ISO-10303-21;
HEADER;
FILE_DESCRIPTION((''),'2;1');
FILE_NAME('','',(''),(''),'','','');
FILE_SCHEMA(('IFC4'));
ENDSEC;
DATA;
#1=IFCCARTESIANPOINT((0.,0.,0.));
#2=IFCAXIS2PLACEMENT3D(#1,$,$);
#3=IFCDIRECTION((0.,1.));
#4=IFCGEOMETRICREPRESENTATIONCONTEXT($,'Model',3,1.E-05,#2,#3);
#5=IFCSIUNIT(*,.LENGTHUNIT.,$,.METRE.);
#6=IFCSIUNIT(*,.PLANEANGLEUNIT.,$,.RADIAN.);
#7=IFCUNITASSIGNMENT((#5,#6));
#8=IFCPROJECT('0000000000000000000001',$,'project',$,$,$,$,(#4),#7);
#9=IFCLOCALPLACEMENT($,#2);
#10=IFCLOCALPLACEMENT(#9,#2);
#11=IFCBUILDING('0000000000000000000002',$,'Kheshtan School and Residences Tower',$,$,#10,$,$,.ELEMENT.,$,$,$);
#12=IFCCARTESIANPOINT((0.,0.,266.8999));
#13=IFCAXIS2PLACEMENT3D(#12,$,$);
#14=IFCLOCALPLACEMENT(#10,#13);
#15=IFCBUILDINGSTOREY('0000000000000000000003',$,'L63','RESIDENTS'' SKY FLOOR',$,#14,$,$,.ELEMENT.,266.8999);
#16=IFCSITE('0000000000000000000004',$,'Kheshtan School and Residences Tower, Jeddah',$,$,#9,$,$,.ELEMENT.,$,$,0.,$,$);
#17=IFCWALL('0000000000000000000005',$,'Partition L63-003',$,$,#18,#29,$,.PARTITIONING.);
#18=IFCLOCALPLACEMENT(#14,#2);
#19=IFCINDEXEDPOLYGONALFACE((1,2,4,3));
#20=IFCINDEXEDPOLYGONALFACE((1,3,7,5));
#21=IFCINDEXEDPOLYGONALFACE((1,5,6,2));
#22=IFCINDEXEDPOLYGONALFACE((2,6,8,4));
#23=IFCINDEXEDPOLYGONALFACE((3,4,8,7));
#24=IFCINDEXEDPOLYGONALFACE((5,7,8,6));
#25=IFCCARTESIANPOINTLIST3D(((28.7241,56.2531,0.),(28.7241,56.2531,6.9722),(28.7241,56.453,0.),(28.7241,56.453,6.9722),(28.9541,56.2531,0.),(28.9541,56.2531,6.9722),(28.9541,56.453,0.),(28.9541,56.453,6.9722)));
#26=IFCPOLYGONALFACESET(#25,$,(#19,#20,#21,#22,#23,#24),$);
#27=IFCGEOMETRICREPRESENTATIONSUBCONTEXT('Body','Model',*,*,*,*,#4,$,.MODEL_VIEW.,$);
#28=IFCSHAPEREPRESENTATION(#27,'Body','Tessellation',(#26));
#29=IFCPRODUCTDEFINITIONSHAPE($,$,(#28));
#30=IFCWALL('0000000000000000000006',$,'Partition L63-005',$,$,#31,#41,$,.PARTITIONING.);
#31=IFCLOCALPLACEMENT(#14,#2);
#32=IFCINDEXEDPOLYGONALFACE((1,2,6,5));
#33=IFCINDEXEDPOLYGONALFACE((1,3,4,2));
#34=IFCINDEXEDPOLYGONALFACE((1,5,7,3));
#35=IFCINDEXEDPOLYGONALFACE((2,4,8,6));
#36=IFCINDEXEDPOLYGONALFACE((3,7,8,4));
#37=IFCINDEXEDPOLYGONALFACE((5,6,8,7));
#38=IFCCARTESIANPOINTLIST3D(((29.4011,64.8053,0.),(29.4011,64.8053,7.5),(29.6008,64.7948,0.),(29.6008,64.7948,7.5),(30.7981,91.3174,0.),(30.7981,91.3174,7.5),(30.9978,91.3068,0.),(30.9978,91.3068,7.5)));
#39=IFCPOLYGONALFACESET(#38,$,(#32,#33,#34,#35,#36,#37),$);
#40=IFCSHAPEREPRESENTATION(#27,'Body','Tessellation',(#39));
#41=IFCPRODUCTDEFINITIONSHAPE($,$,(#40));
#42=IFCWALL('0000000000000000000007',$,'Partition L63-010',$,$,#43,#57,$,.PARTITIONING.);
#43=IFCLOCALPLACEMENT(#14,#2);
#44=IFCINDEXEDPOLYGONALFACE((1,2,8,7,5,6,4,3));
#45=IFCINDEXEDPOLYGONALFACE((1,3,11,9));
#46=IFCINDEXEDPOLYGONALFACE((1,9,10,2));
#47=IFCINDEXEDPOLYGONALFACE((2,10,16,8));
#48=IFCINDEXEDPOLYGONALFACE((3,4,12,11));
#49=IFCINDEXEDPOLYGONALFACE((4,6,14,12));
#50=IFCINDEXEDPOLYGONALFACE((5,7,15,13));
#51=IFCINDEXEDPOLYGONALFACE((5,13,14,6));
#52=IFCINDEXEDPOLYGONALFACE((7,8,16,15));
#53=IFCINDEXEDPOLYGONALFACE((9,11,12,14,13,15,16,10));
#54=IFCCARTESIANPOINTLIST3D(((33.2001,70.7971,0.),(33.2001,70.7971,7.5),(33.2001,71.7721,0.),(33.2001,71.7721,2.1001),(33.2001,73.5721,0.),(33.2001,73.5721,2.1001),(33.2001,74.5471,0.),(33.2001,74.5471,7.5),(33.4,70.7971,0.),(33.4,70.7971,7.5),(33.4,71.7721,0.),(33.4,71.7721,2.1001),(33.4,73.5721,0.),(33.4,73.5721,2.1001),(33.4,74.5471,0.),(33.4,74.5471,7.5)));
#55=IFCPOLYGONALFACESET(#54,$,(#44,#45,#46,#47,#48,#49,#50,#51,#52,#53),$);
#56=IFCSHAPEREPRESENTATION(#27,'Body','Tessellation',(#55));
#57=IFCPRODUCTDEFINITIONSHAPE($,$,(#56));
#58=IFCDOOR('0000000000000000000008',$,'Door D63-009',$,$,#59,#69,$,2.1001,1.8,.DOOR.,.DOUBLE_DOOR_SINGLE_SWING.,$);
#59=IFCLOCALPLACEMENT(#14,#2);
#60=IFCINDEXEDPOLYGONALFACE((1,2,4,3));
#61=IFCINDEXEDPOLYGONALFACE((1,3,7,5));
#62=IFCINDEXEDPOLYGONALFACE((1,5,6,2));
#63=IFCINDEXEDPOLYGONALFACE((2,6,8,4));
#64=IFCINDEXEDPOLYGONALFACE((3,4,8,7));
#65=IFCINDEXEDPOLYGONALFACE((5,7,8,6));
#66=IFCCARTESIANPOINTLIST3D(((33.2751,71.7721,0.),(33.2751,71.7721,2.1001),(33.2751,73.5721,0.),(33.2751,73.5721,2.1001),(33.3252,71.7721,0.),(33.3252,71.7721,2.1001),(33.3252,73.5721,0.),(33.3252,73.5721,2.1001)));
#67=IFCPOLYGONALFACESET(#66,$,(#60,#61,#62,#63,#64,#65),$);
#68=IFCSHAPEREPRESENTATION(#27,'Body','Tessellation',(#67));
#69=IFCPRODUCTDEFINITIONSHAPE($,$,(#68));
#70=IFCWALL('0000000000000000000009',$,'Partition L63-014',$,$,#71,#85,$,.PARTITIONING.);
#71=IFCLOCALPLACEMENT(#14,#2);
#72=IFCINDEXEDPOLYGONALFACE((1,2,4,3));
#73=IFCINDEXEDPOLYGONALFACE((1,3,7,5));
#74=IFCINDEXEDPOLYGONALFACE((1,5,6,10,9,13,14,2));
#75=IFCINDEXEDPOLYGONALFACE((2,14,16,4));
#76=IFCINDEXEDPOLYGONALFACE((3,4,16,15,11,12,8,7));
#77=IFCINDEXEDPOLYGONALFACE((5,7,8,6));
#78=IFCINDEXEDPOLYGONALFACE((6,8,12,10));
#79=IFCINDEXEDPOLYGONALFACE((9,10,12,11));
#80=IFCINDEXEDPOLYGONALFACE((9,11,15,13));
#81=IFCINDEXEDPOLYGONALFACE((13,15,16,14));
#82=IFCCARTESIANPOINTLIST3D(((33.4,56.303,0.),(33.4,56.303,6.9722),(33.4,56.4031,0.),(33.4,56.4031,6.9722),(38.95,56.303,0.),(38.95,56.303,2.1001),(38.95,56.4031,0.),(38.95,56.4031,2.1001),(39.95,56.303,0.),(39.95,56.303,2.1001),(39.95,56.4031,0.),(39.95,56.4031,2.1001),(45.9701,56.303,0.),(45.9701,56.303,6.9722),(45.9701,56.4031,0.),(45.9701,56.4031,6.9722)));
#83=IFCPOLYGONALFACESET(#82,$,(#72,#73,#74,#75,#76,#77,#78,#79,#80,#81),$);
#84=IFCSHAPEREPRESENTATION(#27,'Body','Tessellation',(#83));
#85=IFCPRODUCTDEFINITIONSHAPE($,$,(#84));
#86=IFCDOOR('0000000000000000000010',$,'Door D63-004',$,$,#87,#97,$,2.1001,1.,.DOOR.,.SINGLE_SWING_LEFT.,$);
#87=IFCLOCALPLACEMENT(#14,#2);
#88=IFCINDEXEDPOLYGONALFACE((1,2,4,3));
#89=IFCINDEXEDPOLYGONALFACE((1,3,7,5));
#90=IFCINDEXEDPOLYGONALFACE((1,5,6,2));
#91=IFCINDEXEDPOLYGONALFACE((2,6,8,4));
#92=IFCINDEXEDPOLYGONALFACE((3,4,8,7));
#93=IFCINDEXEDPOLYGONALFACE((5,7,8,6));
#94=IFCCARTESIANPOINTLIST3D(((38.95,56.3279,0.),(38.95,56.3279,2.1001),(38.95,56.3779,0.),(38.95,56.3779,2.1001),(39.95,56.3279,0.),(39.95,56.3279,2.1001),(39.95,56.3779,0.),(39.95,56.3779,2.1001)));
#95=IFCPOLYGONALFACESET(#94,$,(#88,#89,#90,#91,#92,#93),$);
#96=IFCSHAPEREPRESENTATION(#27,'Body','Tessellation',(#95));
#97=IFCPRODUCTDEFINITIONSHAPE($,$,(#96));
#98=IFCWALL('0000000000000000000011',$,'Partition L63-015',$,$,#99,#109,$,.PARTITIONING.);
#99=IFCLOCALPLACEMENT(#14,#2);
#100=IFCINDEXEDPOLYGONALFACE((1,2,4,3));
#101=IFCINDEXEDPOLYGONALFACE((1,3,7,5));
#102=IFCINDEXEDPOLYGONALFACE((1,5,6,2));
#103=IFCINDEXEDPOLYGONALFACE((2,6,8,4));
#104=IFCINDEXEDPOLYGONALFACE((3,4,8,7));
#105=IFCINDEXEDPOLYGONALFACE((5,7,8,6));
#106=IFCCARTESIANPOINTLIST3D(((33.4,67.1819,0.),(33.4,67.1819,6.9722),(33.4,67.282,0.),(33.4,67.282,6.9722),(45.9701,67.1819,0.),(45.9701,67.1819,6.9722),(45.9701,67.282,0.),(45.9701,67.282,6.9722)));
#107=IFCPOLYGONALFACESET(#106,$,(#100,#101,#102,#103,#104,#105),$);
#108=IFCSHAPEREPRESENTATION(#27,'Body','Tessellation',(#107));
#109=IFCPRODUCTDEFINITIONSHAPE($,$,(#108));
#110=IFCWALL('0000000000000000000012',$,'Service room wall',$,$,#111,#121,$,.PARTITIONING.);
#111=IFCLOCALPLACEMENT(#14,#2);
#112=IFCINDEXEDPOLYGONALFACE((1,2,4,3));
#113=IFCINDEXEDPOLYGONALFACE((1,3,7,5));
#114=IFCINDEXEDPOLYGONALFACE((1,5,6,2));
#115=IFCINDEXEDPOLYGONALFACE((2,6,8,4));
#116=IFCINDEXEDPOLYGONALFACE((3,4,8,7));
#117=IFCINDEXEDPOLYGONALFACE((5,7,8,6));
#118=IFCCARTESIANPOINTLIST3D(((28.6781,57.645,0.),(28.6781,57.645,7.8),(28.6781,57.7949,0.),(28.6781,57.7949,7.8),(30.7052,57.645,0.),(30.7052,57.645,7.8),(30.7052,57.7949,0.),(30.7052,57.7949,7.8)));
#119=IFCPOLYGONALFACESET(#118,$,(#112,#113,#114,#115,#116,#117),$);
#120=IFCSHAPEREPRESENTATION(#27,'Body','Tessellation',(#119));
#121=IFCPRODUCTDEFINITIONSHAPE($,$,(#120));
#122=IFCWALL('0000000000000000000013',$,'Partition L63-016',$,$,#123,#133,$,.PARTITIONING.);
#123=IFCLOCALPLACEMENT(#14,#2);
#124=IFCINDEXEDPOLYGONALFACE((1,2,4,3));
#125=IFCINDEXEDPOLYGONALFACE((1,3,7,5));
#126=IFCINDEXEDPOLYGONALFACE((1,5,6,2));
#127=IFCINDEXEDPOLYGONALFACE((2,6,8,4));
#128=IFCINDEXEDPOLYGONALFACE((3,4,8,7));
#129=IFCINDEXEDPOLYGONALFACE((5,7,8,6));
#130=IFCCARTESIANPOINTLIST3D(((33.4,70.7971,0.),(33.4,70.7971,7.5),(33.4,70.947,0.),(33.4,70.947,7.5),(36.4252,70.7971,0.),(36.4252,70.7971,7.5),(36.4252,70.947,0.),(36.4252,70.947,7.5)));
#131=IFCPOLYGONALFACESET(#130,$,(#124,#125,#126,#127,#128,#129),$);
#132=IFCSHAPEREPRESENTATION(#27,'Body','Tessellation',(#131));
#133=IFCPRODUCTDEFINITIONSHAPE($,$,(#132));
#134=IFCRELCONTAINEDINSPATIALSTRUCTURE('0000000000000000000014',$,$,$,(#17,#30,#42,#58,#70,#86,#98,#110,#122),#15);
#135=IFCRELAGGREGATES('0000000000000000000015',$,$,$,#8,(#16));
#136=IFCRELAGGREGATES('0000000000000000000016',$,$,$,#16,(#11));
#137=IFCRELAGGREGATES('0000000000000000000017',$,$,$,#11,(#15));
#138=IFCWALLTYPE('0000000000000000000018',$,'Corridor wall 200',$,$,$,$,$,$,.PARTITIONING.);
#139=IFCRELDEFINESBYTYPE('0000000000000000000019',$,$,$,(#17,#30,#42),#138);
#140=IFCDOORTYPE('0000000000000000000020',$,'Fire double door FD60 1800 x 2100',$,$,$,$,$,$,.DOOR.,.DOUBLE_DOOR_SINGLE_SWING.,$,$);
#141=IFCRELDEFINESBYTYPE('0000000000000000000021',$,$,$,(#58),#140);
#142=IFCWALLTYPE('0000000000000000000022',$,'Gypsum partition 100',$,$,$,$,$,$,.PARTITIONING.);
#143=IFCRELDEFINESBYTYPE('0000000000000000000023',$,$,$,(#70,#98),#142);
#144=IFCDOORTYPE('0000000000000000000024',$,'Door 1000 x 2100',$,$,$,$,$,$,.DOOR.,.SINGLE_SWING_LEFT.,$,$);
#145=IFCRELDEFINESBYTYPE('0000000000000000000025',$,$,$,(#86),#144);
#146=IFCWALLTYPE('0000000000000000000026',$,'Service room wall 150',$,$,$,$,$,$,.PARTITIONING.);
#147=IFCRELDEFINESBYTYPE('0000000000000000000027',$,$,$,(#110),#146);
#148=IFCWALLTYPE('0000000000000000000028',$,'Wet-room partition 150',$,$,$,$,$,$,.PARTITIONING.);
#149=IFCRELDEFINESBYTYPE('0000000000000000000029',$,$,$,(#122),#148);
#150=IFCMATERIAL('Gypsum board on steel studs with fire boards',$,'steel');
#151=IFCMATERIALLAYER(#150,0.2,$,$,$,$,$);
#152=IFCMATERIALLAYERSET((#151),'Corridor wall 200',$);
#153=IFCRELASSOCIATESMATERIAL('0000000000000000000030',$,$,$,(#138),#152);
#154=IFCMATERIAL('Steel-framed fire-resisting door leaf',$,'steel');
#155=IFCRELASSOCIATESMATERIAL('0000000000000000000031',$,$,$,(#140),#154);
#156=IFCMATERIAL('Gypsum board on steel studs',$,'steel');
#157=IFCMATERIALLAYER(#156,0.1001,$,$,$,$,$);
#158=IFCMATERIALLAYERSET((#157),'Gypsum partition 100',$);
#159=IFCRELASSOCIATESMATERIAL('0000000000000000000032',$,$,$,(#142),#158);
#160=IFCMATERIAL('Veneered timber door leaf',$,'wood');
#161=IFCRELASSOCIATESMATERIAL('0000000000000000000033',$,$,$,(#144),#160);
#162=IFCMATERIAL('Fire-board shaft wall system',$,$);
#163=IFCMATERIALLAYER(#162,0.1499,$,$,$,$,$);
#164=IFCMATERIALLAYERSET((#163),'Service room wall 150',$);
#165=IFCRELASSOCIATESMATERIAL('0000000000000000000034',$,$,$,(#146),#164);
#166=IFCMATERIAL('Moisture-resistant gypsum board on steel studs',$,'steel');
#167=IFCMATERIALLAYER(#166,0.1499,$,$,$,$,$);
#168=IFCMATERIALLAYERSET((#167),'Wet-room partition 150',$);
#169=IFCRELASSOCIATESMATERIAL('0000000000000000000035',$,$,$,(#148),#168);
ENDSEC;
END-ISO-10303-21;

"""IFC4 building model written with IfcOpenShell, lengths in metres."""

from ifc_helpers import new_model, si_unit, direction, frame, frame_2d, origin, place, context, subcontext, project, spatial, rectangle, extrude, source, transform, mapped, material, layer, layer_set, type_object, element, fill, save


model = new_model("IFC4")

# Units and contexts
model_context = context("Model", 3, precision=1e-05, world=origin(), true_north=direction((0.0, 1.0)))
body_context = subcontext(model_context, "Body", "Model", "MODEL_VIEW")
ifc_project = project(units=[si_unit("LENGTHUNIT", "METRE"), si_unit("PLANEANGLEUNIT", "RADIAN")], contexts=[model_context])

# Site, building, storey
site_placement = place(None, origin())
site = spatial("IfcSite", under=ifc_project, at=site_placement, Name="Kheshtan School and Residences Tower, Jeddah", CompositionType="ELEMENT", RefElevation=0.0)
building_placement = place(site_placement, origin())
building = spatial("IfcBuilding", under=site, at=building_placement, Name="Kheshtan School and Residences Tower", CompositionType="ELEMENT")
storey_placement = place(building_placement, frame((0.0, 0.0, 266.8999)))
storey = spatial("IfcBuildingStorey", under=building, at=storey_placement, Name="L63", Description="RESIDENTS' SKY FLOOR", CompositionType="ELEMENT", Elevation=266.8999)

# Walls
ifc_material_1 = material(Name="Gypsum board on steel studs with fire boards", Category="steel")
ifc_layer_1 = layer(ifc_material_1, 0.2)
ifc_layer_set_1 = layer_set([ifc_layer_1], Name="Corridor wall 200")
wall_type_1 = type_object("IfcWallType", Name="Corridor wall 200", PredefinedType="PARTITIONING", material=ifc_layer_set_1)
wall_1_placement = place(storey_placement, frame((28.7241, 56.353, 0.0), z_axis=(0.0, 0.0, 1.0), x_axis=(1.0, 0.0, 0.0)))
element("IfcWall", 1, at=wall_1_placement, inside=storey, type_object=wall_type_1, Name="Partition L63-003", PredefinedType="PARTITIONING", context=body_context, shape_type="SweptSolid", body=[
    extrude(rectangle(XDim=0.23, YDim=0.2, at=frame_2d((0.115, 0.0))), origin(), (0.0, 0.0, 1.0), 6.9722),
])
wall_2_placement = place(storey_placement, frame((29.501, 64.8, 0.0), z_axis=(0.0, 0.0, 1.0), x_axis=(0.052619, 0.998615, 0.0)))
element("IfcWall", 2, at=wall_2_placement, inside=storey, type_object=wall_type_1, Name="Partition L63-005", PredefinedType="PARTITIONING", context=body_context, shape_type="SweptSolid", body=[
    extrude(rectangle(XDim=26.5488, YDim=0.2, at=frame_2d((13.2744, 0.0))), origin(), (0.0, 0.0, 1.0), 7.5),
])

# Walls, openings, doors
wall_3_placement = place(storey_placement, frame((33.3, 70.7971, 0.0), z_axis=(0.0, 0.0, 1.0), x_axis=(0.0, 1.0, 0.0)))
wall_3 = element("IfcWall", 3, at=wall_3_placement, inside=storey, type_object=wall_type_1, Name="Partition L63-010", PredefinedType="PARTITIONING", context=body_context, shape_type="SweptSolid", body=[
    extrude(rectangle(XDim=3.75, YDim=0.2, at=frame_2d((1.875, 0.0))), origin(), (0.0, 0.0, 1.0), 7.5),
])
opening_1_placement = place(wall_3_placement, frame((0.9751, 0.0, 0.0)))
opening_1 = element("IfcOpeningElement", 4, at=opening_1_placement, cuts=wall_3, PredefinedType="OPENING", context=body_context, shape_type="SweptSolid", body=[
    extrude(rectangle(XDim=1.8, YDim=2.1001, at=frame_2d((0.8999, 1.05))), frame((0.0, 0.1099, 0.0), z_axis=(0.0, -1.0, 0.0), x_axis=(1.0, 0.0, 0.0)), (0.0, 0.0, 1.0), 0.22),
])
ifc_material_2 = material(Name="Steel-framed fire-resisting door leaf", Category="steel")
door_type_1 = type_object("IfcDoorType", Name="Fire double door FD60 1800 x 2100", OperationType="DOUBLE_DOOR_SINGLE_SWING", PredefinedType="DOOR", material=ifc_material_2)
shared_shape_1 = source(origin(), body_context, "Body", "SweptSolid", [
    extrude(rectangle(XDim=1.8, YDim=2.1001, at=frame_2d((0.8999, 1.05))), frame((0.0, 0.0249, 0.0), z_axis=(0.0, -1.0, 0.0), x_axis=(1.0, 0.0, 0.0)), (0.0, 0.0, 1.0), 0.05),
])
door_1_placement = place(opening_1_placement, origin())
door_1 = element("IfcDoor", 5, at=door_1_placement, inside=storey, type_object=door_type_1, Name="Door D63-009", OperationType="DOUBLE_DOOR_SINGLE_SWING", OverallHeight=2.1001, OverallWidth=1.8, PredefinedType="DOOR", context=body_context, shape_type="MappedRepresentation", body=[
    mapped(shared_shape_1, transform((0.0, 0.0, 0.0), x_axis=(1.0, 0.0, 0.0), y_axis=(0.0, 1.0, 0.0), z_axis=(0.0, 0.0, 1.0), scale=1.0)),
])
fill(opening_1, door_1)
ifc_material_3 = material(Name="Gypsum board on steel studs", Category="steel")
ifc_layer_2 = layer(ifc_material_3, 0.1001)
ifc_layer_set_2 = layer_set([ifc_layer_2], Name="Gypsum partition 100")
wall_type_2 = type_object("IfcWallType", Name="Gypsum partition 100", PredefinedType="PARTITIONING", material=ifc_layer_set_2)
wall_4_placement = place(storey_placement, frame((33.3999, 56.353, 0.0), z_axis=(0.0, 0.0, 1.0), x_axis=(1.0, 0.0, 0.0)))
wall_4 = element("IfcWall", 6, at=wall_4_placement, inside=storey, type_object=wall_type_2, Name="Partition L63-014", PredefinedType="PARTITIONING", context=body_context, shape_type="SweptSolid", body=[
    extrude(rectangle(XDim=12.5701, YDim=0.1001, at=frame_2d((6.2852, 0.0))), origin(), (0.0, 0.0, 1.0), 6.9722),
])
opening_2_placement = place(wall_4_placement, frame((5.55, 0.0, 0.0)))
opening_2 = element("IfcOpeningElement", 7, at=opening_2_placement, cuts=wall_4, PredefinedType="OPENING", context=body_context, shape_type="SweptSolid", body=[
    extrude(rectangle(XDim=1.0, YDim=2.1001, at=frame_2d((0.5, 1.05))), frame((0.0, 0.0601, 0.0), z_axis=(0.0, -1.0, 0.0), x_axis=(1.0, 0.0, 0.0)), (0.0, 0.0, 1.0), 0.1201),
])
ifc_material_4 = material(Name="Veneered timber door leaf", Category="wood")
door_type_2 = type_object("IfcDoorType", Name="Door 1000 x 2100", OperationType="SINGLE_SWING_LEFT", PredefinedType="DOOR", material=ifc_material_4)
shared_shape_2 = source(origin(), body_context, "Body", "SweptSolid", [
    extrude(rectangle(XDim=1.0, YDim=2.1001, at=frame_2d((0.5, 1.05))), frame((0.0, 0.0249, 0.0), z_axis=(0.0, -1.0, 0.0), x_axis=(1.0, 0.0, 0.0)), (0.0, 0.0, 1.0), 0.05),
])
door_2_placement = place(opening_2_placement, origin())
door_2 = element("IfcDoor", 8, at=door_2_placement, inside=storey, type_object=door_type_2, Name="Door D63-004", OperationType="SINGLE_SWING_LEFT", OverallHeight=2.1001, OverallWidth=1.0, PredefinedType="DOOR", context=body_context, shape_type="MappedRepresentation", body=[
    mapped(shared_shape_2, transform((0.0, 0.0, 0.0), x_axis=(1.0, 0.0, 0.0), y_axis=(0.0, 1.0, 0.0), z_axis=(0.0, 0.0, 1.0), scale=1.0)),
])
fill(opening_2, door_2)

# Walls
wall_5_placement = place(storey_placement, frame((33.3999, 67.2319, 0.0), z_axis=(0.0, 0.0, 1.0), x_axis=(1.0, 0.0, 0.0)))
element("IfcWall", 9, at=wall_5_placement, inside=storey, type_object=wall_type_2, Name="Partition L63-015", PredefinedType="PARTITIONING", context=body_context, shape_type="SweptSolid", body=[
    extrude(rectangle(XDim=12.5701, YDim=0.1001, at=frame_2d((6.2852, 0.0))), origin(), (0.0, 0.0, 1.0), 6.9722),
])
ifc_material_5 = material(Name="Fire-board shaft wall system")
ifc_layer_3 = layer(ifc_material_5, 0.1499)
ifc_layer_set_3 = layer_set([ifc_layer_3], Name="Service room wall 150")
wall_type_3 = type_object("IfcWallType", Name="Service room wall 150", PredefinedType="PARTITIONING", material=ifc_layer_set_3)
wall_6_placement = place(storey_placement, frame((28.678, 57.72, 0.0), z_axis=(0.0, 0.0, 1.0), x_axis=(1.0, 0.0, 0.0)))
element("IfcWall", 10, at=wall_6_placement, inside=storey, type_object=wall_type_3, Name="Service room wall", PredefinedType="PARTITIONING", context=body_context, shape_type="SweptSolid", body=[
    extrude(rectangle(XDim=2.0271, YDim=0.1499, at=frame_2d((1.0137, 0.0))), origin(), (0.0, 0.0, 1.0), 7.8),
])
ifc_material_6 = material(Name="Moisture-resistant gypsum board on steel studs", Category="steel")
ifc_layer_4 = layer(ifc_material_6, 0.1499)
ifc_layer_set_4 = layer_set([ifc_layer_4], Name="Wet-room partition 150")
wall_type_4 = type_object("IfcWallType", Name="Wet-room partition 150", PredefinedType="PARTITIONING", material=ifc_layer_set_4)
wall_7_placement = place(storey_placement, frame((33.3999, 70.8721, 0.0), z_axis=(0.0, 0.0, 1.0), x_axis=(1.0, 0.0, 0.0)))
element("IfcWall", 11, at=wall_7_placement, inside=storey, type_object=wall_type_4, Name="Partition L63-016", PredefinedType="PARTITIONING", context=body_context, shape_type="SweptSolid", body=[
    extrude(rectangle(XDim=3.0251, YDim=0.1499, at=frame_2d((1.5127, 0.0))), origin(), (0.0, 0.0, 1.0), 7.5),
])

save(model, "model.ifc")
